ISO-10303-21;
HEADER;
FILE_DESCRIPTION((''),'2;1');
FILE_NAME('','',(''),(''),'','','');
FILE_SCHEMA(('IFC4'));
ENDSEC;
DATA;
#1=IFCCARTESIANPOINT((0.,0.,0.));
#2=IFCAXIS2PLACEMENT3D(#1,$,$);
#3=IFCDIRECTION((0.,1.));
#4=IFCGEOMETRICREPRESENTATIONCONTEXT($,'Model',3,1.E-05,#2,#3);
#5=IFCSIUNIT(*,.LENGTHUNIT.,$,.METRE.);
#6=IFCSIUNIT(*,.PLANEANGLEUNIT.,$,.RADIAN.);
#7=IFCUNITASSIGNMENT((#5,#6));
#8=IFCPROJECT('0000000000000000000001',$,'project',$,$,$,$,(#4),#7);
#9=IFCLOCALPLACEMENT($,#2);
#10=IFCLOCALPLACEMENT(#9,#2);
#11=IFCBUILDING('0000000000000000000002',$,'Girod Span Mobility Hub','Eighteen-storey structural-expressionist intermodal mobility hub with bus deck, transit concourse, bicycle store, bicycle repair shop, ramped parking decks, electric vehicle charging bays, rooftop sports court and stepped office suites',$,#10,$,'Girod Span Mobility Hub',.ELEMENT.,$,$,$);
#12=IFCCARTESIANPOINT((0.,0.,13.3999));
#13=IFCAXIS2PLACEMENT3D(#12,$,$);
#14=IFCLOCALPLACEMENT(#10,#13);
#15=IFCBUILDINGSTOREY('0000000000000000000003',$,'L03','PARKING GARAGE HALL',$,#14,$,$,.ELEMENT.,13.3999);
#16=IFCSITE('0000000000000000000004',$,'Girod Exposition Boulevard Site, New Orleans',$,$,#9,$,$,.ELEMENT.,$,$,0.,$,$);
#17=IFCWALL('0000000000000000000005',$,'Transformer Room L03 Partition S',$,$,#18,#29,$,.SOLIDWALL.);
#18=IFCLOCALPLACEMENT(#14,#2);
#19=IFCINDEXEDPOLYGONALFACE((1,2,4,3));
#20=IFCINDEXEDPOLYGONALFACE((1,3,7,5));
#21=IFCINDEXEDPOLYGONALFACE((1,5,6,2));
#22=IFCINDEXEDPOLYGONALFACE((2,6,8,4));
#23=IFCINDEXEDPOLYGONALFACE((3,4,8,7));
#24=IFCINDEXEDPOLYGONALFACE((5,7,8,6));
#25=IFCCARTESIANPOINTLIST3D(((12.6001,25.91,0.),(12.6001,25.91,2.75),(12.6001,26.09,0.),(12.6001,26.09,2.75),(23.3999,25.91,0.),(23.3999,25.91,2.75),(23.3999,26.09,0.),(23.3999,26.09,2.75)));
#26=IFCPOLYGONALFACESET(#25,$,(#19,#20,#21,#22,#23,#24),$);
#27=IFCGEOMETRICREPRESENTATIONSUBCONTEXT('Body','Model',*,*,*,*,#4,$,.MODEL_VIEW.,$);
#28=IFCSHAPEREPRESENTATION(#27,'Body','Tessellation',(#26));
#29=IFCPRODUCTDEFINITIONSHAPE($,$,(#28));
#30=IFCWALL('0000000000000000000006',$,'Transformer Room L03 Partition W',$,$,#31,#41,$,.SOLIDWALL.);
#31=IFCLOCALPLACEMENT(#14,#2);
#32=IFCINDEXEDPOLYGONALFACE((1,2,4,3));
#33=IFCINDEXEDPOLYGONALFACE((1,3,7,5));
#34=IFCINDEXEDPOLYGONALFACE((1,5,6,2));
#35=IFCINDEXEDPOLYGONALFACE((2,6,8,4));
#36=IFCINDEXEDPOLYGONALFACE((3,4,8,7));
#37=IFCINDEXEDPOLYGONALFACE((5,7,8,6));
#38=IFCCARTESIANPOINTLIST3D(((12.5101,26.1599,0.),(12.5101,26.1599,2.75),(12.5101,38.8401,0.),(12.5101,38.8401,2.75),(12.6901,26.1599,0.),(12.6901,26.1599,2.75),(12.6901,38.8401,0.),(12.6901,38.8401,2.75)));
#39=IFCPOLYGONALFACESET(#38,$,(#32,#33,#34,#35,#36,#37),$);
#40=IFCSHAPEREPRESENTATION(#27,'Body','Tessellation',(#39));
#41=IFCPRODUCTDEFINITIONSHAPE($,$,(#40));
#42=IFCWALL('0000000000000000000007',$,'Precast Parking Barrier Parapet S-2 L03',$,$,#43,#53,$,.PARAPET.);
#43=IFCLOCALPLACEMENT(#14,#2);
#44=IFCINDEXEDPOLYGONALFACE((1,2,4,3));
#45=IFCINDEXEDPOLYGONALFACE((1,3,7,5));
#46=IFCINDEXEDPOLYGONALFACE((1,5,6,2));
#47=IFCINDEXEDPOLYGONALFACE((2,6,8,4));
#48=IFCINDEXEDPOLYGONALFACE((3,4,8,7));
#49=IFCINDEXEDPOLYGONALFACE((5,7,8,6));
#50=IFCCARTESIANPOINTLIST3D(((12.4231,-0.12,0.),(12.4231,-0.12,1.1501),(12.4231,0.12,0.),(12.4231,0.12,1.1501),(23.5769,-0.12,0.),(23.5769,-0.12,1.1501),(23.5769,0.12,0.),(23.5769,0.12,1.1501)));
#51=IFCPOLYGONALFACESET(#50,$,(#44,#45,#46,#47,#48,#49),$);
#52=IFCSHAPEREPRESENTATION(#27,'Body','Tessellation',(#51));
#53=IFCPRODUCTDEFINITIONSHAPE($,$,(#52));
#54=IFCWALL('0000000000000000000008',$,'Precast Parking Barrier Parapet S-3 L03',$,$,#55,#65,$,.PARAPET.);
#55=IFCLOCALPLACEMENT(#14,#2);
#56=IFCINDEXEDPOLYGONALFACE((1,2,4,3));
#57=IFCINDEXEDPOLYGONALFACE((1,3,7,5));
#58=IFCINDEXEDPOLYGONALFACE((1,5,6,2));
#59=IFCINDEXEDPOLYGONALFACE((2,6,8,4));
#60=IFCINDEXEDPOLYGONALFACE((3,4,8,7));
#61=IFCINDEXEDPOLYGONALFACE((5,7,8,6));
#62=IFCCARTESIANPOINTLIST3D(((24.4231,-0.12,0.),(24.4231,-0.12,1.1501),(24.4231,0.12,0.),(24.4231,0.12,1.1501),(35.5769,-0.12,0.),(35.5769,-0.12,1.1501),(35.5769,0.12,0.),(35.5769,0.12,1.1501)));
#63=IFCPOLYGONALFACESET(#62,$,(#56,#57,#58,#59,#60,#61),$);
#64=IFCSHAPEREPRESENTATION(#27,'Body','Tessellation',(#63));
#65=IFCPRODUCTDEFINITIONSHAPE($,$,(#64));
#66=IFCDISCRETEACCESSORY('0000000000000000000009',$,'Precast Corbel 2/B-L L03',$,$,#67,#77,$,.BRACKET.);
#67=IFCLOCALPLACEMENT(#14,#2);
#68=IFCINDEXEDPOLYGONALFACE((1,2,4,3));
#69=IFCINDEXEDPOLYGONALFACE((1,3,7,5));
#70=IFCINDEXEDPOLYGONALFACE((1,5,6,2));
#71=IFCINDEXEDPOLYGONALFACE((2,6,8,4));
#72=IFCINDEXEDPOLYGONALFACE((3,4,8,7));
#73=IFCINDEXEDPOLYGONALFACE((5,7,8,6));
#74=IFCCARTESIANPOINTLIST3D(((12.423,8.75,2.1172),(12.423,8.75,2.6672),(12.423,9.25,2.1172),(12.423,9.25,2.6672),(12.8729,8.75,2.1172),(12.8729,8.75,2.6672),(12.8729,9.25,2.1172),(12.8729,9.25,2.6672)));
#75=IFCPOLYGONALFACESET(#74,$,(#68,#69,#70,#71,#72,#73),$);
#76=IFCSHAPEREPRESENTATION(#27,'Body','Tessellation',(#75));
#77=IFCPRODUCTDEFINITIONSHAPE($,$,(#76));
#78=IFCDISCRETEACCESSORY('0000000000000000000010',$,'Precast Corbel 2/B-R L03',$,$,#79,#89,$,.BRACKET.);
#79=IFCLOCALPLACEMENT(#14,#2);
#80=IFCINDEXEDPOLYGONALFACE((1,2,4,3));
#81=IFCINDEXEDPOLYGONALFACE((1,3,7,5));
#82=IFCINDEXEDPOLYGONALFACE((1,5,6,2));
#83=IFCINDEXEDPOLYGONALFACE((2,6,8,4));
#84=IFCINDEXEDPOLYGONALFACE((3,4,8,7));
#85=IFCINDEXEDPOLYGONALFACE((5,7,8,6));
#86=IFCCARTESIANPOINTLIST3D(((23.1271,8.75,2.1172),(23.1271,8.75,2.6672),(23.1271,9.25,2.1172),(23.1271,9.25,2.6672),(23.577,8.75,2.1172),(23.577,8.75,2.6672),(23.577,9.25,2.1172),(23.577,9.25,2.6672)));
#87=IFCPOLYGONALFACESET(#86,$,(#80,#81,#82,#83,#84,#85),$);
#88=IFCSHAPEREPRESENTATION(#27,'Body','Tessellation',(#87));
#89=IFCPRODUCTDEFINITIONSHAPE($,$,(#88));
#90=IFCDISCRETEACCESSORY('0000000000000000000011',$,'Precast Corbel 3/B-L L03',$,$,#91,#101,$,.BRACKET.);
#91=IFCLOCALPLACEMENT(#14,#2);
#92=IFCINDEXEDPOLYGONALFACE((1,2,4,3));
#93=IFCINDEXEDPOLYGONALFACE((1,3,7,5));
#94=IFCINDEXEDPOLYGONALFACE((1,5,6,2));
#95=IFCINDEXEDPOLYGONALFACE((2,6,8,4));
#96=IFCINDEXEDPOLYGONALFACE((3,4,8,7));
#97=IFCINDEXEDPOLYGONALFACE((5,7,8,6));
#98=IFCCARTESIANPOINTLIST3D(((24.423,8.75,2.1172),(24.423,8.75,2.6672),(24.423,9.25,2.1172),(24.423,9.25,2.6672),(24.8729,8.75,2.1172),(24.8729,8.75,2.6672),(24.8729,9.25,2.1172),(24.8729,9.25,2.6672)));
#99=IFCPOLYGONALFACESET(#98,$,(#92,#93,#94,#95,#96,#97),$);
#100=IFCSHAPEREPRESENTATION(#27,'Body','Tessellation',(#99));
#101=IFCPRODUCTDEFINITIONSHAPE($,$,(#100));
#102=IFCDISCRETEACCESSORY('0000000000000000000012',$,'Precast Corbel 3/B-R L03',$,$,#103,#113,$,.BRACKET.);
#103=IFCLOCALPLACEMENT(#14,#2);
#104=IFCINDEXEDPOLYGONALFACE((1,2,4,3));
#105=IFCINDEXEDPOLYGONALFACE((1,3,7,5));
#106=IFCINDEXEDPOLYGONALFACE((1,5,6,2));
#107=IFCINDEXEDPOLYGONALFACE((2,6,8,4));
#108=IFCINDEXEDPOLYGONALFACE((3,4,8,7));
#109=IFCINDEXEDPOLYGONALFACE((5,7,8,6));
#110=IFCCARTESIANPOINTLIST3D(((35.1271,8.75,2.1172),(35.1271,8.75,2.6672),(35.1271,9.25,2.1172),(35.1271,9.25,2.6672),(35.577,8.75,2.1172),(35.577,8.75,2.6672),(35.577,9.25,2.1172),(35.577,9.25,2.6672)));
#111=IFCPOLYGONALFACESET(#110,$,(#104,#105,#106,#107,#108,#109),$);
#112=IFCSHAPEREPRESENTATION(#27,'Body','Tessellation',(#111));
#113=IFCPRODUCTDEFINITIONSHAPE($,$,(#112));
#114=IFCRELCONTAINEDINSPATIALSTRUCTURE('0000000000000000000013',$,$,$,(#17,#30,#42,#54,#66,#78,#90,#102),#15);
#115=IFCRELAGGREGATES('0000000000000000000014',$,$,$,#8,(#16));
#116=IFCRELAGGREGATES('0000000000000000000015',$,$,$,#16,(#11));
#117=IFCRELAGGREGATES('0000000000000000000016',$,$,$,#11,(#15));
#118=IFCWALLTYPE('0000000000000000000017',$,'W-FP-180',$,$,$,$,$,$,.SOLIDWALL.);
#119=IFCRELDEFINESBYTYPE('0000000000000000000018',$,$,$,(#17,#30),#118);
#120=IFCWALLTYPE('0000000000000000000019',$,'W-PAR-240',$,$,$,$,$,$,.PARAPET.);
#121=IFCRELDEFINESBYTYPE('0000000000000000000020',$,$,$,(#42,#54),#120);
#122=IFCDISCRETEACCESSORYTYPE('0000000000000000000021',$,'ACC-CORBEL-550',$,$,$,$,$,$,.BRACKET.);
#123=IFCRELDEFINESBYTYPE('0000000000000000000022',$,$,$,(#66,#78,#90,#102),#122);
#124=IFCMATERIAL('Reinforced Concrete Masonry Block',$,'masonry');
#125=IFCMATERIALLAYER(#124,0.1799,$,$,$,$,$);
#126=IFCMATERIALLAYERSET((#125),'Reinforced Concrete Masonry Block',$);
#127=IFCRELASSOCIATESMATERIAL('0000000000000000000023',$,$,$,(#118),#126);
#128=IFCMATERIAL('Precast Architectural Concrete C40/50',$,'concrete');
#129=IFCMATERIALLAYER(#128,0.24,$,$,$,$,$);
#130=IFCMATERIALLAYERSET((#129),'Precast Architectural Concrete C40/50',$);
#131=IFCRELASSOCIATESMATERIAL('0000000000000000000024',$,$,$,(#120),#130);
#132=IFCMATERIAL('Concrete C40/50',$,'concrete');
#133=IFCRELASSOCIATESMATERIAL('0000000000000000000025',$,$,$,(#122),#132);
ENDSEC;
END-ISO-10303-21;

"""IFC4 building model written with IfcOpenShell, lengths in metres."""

from ifc_helpers import new_model, si_unit, direction, frame, frame_2d, origin, origin_2d, place, context, subcontext, project, spatial, rectangle, extrude, material, layer, layer_set, type_object, element, save


model = new_model("IFC4")

# Units and contexts
model_context = context("Model", 3, precision=1e-05, world=origin(), true_north=direction((0.0, 1.0)))
body_context = subcontext(model_context, "Body", "Model", "MODEL_VIEW")
ifc_project = project(units=[si_unit("LENGTHUNIT", "METRE"), si_unit("PLANEANGLEUNIT", "RADIAN")], contexts=[model_context])

# Site, building, storey
site_placement = place(None, origin())
site = spatial("IfcSite", under=ifc_project, at=site_placement, Name="Girod Exposition Boulevard Site, New Orleans", CompositionType="ELEMENT", RefElevation=0.0)
building_placement = place(site_placement, origin())
building = spatial("IfcBuilding", under=site, at=building_placement, Name="Girod Span Mobility Hub", Description="Eighteen-storey structural-expressionist intermodal mobility hub with bus deck, transit concourse, bicycle store, bicycle repair shop, ramped parking decks, electric vehicle charging bays, rooftop sports court and stepped office suites", LongName="Girod Span Mobility Hub", CompositionType="ELEMENT")
storey_placement = place(building_placement, frame((0.0, 0.0, 13.3999)))
storey = spatial("IfcBuildingStorey", under=building, at=storey_placement, Name="L03", Description="PARKING GARAGE HALL", CompositionType="ELEMENT", Elevation=13.3999)

# Walls
ifc_material_1 = material(Name="Reinforced Concrete Masonry Block", Category="masonry")
ifc_layer_1 = layer(ifc_material_1, 0.1799)
ifc_layer_set_1 = layer_set([ifc_layer_1], Name="Reinforced Concrete Masonry Block")
wall_type_1 = type_object("IfcWallType", Name="W-FP-180", PredefinedType="SOLIDWALL", material=ifc_layer_set_1)
wall_1_placement = place(storey_placement, frame((12.6001, 26.0, 0.0), z_axis=(0.0, 0.0, 1.0), x_axis=(1.0, 0.0, 0.0)))
element("IfcWall", 1, at=wall_1_placement, inside=storey, type_object=wall_type_1, Name="Transformer Room L03 Partition S", PredefinedType="SOLIDWALL", context=body_context, shape_type="SweptSolid", body=[
    extrude(rectangle(XDim=10.7998, YDim=0.1799, at=frame_2d((5.3999, 0.0))), origin(), (0.0, 0.0, 1.0), 2.75),
])
wall_2_placement = place(storey_placement, frame((12.6001, 26.1599, 0.0), z_axis=(0.0, 0.0, 1.0), x_axis=(0.0, 1.0, 0.0)))
element("IfcWall", 2, at=wall_2_placement, inside=storey, type_object=wall_type_1, Name="Transformer Room L03 Partition W", PredefinedType="SOLIDWALL", context=body_context, shape_type="SweptSolid", body=[
    extrude(rectangle(XDim=12.6802, YDim=0.1799, at=frame_2d((6.3401, 0.0))), origin(), (0.0, 0.0, 1.0), 2.75),
])
ifc_material_2 = material(Name="Precast Architectural Concrete C40/50", Category="concrete")
ifc_layer_2 = layer(ifc_material_2, 0.24)
ifc_layer_set_2 = layer_set([ifc_layer_2], Name="Precast Architectural Concrete C40/50")
wall_type_2 = type_object("IfcWallType", Name="W-PAR-240", PredefinedType="PARAPET", material=ifc_layer_set_2)
for number, where, z_axis, x_axis, name in (
    (3, (12.4231, 0.0, 0.0), (0.0, 0.0, 1.0), (1.0, 0.0, 0.0), "Precast Parking Barrier Parapet S-2 L03"),
    (4, (24.4231, 0.0, 0.0), (0.0, 0.0, 1.0), (1.0, 0.0, 0.0), "Precast Parking Barrier Parapet S-3 L03"),
):
    element("IfcWall", number, at=place(storey_placement, frame(where, z_axis=z_axis, x_axis=x_axis)), inside=storey, type_object=wall_type_2, Name=name, PredefinedType="PARAPET", context=body_context, shape_type="SweptSolid", body=[
        extrude(rectangle(XDim=11.1538, YDim=0.24, at=frame_2d((5.5769, 0.0))), origin(), (0.0, 0.0, 1.0), 1.1501),
    ])

# Discrete accessories
ifc_material_3 = material(Name="Concrete C40/50", Category="concrete")
discrete_accessory_type = type_object("IfcDiscreteAccessoryType", Name="ACC-CORBEL-550", PredefinedType="BRACKET", material=ifc_material_3)
for number, where, z_axis, x_axis, name in (
    (5, (12.6479, 9.0, 2.1172), (0.0, 0.0, 1.0), (1.0, 0.0, 0.0), "Precast Corbel 2/B-L L03"),
    (6, (23.3521, 9.0, 2.1172), (0.0, 0.0, 1.0), (1.0, 0.0, 0.0), "Precast Corbel 2/B-R L03"),
    (7, (24.6479, 9.0, 2.1172), (0.0, 0.0, 1.0), (1.0, 0.0, 0.0), "Precast Corbel 3/B-L L03"),
    (8, (35.3521, 9.0, 2.1172), (0.0, 0.0, 1.0), (1.0, 0.0, 0.0), "Precast Corbel 3/B-R L03"),
):
    element("IfcDiscreteAccessory", number, at=place(storey_placement, frame(where, z_axis=z_axis, x_axis=x_axis)), inside=storey, type_object=discrete_accessory_type, Name=name, PredefinedType="BRACKET", context=body_context, shape_type="SweptSolid", body=[
        extrude(rectangle(XDim=0.45, YDim=0.5, at=origin_2d()), origin(), (0.0, 0.0, 1.0), 0.55),
    ])

save(model, "model.ifc")
